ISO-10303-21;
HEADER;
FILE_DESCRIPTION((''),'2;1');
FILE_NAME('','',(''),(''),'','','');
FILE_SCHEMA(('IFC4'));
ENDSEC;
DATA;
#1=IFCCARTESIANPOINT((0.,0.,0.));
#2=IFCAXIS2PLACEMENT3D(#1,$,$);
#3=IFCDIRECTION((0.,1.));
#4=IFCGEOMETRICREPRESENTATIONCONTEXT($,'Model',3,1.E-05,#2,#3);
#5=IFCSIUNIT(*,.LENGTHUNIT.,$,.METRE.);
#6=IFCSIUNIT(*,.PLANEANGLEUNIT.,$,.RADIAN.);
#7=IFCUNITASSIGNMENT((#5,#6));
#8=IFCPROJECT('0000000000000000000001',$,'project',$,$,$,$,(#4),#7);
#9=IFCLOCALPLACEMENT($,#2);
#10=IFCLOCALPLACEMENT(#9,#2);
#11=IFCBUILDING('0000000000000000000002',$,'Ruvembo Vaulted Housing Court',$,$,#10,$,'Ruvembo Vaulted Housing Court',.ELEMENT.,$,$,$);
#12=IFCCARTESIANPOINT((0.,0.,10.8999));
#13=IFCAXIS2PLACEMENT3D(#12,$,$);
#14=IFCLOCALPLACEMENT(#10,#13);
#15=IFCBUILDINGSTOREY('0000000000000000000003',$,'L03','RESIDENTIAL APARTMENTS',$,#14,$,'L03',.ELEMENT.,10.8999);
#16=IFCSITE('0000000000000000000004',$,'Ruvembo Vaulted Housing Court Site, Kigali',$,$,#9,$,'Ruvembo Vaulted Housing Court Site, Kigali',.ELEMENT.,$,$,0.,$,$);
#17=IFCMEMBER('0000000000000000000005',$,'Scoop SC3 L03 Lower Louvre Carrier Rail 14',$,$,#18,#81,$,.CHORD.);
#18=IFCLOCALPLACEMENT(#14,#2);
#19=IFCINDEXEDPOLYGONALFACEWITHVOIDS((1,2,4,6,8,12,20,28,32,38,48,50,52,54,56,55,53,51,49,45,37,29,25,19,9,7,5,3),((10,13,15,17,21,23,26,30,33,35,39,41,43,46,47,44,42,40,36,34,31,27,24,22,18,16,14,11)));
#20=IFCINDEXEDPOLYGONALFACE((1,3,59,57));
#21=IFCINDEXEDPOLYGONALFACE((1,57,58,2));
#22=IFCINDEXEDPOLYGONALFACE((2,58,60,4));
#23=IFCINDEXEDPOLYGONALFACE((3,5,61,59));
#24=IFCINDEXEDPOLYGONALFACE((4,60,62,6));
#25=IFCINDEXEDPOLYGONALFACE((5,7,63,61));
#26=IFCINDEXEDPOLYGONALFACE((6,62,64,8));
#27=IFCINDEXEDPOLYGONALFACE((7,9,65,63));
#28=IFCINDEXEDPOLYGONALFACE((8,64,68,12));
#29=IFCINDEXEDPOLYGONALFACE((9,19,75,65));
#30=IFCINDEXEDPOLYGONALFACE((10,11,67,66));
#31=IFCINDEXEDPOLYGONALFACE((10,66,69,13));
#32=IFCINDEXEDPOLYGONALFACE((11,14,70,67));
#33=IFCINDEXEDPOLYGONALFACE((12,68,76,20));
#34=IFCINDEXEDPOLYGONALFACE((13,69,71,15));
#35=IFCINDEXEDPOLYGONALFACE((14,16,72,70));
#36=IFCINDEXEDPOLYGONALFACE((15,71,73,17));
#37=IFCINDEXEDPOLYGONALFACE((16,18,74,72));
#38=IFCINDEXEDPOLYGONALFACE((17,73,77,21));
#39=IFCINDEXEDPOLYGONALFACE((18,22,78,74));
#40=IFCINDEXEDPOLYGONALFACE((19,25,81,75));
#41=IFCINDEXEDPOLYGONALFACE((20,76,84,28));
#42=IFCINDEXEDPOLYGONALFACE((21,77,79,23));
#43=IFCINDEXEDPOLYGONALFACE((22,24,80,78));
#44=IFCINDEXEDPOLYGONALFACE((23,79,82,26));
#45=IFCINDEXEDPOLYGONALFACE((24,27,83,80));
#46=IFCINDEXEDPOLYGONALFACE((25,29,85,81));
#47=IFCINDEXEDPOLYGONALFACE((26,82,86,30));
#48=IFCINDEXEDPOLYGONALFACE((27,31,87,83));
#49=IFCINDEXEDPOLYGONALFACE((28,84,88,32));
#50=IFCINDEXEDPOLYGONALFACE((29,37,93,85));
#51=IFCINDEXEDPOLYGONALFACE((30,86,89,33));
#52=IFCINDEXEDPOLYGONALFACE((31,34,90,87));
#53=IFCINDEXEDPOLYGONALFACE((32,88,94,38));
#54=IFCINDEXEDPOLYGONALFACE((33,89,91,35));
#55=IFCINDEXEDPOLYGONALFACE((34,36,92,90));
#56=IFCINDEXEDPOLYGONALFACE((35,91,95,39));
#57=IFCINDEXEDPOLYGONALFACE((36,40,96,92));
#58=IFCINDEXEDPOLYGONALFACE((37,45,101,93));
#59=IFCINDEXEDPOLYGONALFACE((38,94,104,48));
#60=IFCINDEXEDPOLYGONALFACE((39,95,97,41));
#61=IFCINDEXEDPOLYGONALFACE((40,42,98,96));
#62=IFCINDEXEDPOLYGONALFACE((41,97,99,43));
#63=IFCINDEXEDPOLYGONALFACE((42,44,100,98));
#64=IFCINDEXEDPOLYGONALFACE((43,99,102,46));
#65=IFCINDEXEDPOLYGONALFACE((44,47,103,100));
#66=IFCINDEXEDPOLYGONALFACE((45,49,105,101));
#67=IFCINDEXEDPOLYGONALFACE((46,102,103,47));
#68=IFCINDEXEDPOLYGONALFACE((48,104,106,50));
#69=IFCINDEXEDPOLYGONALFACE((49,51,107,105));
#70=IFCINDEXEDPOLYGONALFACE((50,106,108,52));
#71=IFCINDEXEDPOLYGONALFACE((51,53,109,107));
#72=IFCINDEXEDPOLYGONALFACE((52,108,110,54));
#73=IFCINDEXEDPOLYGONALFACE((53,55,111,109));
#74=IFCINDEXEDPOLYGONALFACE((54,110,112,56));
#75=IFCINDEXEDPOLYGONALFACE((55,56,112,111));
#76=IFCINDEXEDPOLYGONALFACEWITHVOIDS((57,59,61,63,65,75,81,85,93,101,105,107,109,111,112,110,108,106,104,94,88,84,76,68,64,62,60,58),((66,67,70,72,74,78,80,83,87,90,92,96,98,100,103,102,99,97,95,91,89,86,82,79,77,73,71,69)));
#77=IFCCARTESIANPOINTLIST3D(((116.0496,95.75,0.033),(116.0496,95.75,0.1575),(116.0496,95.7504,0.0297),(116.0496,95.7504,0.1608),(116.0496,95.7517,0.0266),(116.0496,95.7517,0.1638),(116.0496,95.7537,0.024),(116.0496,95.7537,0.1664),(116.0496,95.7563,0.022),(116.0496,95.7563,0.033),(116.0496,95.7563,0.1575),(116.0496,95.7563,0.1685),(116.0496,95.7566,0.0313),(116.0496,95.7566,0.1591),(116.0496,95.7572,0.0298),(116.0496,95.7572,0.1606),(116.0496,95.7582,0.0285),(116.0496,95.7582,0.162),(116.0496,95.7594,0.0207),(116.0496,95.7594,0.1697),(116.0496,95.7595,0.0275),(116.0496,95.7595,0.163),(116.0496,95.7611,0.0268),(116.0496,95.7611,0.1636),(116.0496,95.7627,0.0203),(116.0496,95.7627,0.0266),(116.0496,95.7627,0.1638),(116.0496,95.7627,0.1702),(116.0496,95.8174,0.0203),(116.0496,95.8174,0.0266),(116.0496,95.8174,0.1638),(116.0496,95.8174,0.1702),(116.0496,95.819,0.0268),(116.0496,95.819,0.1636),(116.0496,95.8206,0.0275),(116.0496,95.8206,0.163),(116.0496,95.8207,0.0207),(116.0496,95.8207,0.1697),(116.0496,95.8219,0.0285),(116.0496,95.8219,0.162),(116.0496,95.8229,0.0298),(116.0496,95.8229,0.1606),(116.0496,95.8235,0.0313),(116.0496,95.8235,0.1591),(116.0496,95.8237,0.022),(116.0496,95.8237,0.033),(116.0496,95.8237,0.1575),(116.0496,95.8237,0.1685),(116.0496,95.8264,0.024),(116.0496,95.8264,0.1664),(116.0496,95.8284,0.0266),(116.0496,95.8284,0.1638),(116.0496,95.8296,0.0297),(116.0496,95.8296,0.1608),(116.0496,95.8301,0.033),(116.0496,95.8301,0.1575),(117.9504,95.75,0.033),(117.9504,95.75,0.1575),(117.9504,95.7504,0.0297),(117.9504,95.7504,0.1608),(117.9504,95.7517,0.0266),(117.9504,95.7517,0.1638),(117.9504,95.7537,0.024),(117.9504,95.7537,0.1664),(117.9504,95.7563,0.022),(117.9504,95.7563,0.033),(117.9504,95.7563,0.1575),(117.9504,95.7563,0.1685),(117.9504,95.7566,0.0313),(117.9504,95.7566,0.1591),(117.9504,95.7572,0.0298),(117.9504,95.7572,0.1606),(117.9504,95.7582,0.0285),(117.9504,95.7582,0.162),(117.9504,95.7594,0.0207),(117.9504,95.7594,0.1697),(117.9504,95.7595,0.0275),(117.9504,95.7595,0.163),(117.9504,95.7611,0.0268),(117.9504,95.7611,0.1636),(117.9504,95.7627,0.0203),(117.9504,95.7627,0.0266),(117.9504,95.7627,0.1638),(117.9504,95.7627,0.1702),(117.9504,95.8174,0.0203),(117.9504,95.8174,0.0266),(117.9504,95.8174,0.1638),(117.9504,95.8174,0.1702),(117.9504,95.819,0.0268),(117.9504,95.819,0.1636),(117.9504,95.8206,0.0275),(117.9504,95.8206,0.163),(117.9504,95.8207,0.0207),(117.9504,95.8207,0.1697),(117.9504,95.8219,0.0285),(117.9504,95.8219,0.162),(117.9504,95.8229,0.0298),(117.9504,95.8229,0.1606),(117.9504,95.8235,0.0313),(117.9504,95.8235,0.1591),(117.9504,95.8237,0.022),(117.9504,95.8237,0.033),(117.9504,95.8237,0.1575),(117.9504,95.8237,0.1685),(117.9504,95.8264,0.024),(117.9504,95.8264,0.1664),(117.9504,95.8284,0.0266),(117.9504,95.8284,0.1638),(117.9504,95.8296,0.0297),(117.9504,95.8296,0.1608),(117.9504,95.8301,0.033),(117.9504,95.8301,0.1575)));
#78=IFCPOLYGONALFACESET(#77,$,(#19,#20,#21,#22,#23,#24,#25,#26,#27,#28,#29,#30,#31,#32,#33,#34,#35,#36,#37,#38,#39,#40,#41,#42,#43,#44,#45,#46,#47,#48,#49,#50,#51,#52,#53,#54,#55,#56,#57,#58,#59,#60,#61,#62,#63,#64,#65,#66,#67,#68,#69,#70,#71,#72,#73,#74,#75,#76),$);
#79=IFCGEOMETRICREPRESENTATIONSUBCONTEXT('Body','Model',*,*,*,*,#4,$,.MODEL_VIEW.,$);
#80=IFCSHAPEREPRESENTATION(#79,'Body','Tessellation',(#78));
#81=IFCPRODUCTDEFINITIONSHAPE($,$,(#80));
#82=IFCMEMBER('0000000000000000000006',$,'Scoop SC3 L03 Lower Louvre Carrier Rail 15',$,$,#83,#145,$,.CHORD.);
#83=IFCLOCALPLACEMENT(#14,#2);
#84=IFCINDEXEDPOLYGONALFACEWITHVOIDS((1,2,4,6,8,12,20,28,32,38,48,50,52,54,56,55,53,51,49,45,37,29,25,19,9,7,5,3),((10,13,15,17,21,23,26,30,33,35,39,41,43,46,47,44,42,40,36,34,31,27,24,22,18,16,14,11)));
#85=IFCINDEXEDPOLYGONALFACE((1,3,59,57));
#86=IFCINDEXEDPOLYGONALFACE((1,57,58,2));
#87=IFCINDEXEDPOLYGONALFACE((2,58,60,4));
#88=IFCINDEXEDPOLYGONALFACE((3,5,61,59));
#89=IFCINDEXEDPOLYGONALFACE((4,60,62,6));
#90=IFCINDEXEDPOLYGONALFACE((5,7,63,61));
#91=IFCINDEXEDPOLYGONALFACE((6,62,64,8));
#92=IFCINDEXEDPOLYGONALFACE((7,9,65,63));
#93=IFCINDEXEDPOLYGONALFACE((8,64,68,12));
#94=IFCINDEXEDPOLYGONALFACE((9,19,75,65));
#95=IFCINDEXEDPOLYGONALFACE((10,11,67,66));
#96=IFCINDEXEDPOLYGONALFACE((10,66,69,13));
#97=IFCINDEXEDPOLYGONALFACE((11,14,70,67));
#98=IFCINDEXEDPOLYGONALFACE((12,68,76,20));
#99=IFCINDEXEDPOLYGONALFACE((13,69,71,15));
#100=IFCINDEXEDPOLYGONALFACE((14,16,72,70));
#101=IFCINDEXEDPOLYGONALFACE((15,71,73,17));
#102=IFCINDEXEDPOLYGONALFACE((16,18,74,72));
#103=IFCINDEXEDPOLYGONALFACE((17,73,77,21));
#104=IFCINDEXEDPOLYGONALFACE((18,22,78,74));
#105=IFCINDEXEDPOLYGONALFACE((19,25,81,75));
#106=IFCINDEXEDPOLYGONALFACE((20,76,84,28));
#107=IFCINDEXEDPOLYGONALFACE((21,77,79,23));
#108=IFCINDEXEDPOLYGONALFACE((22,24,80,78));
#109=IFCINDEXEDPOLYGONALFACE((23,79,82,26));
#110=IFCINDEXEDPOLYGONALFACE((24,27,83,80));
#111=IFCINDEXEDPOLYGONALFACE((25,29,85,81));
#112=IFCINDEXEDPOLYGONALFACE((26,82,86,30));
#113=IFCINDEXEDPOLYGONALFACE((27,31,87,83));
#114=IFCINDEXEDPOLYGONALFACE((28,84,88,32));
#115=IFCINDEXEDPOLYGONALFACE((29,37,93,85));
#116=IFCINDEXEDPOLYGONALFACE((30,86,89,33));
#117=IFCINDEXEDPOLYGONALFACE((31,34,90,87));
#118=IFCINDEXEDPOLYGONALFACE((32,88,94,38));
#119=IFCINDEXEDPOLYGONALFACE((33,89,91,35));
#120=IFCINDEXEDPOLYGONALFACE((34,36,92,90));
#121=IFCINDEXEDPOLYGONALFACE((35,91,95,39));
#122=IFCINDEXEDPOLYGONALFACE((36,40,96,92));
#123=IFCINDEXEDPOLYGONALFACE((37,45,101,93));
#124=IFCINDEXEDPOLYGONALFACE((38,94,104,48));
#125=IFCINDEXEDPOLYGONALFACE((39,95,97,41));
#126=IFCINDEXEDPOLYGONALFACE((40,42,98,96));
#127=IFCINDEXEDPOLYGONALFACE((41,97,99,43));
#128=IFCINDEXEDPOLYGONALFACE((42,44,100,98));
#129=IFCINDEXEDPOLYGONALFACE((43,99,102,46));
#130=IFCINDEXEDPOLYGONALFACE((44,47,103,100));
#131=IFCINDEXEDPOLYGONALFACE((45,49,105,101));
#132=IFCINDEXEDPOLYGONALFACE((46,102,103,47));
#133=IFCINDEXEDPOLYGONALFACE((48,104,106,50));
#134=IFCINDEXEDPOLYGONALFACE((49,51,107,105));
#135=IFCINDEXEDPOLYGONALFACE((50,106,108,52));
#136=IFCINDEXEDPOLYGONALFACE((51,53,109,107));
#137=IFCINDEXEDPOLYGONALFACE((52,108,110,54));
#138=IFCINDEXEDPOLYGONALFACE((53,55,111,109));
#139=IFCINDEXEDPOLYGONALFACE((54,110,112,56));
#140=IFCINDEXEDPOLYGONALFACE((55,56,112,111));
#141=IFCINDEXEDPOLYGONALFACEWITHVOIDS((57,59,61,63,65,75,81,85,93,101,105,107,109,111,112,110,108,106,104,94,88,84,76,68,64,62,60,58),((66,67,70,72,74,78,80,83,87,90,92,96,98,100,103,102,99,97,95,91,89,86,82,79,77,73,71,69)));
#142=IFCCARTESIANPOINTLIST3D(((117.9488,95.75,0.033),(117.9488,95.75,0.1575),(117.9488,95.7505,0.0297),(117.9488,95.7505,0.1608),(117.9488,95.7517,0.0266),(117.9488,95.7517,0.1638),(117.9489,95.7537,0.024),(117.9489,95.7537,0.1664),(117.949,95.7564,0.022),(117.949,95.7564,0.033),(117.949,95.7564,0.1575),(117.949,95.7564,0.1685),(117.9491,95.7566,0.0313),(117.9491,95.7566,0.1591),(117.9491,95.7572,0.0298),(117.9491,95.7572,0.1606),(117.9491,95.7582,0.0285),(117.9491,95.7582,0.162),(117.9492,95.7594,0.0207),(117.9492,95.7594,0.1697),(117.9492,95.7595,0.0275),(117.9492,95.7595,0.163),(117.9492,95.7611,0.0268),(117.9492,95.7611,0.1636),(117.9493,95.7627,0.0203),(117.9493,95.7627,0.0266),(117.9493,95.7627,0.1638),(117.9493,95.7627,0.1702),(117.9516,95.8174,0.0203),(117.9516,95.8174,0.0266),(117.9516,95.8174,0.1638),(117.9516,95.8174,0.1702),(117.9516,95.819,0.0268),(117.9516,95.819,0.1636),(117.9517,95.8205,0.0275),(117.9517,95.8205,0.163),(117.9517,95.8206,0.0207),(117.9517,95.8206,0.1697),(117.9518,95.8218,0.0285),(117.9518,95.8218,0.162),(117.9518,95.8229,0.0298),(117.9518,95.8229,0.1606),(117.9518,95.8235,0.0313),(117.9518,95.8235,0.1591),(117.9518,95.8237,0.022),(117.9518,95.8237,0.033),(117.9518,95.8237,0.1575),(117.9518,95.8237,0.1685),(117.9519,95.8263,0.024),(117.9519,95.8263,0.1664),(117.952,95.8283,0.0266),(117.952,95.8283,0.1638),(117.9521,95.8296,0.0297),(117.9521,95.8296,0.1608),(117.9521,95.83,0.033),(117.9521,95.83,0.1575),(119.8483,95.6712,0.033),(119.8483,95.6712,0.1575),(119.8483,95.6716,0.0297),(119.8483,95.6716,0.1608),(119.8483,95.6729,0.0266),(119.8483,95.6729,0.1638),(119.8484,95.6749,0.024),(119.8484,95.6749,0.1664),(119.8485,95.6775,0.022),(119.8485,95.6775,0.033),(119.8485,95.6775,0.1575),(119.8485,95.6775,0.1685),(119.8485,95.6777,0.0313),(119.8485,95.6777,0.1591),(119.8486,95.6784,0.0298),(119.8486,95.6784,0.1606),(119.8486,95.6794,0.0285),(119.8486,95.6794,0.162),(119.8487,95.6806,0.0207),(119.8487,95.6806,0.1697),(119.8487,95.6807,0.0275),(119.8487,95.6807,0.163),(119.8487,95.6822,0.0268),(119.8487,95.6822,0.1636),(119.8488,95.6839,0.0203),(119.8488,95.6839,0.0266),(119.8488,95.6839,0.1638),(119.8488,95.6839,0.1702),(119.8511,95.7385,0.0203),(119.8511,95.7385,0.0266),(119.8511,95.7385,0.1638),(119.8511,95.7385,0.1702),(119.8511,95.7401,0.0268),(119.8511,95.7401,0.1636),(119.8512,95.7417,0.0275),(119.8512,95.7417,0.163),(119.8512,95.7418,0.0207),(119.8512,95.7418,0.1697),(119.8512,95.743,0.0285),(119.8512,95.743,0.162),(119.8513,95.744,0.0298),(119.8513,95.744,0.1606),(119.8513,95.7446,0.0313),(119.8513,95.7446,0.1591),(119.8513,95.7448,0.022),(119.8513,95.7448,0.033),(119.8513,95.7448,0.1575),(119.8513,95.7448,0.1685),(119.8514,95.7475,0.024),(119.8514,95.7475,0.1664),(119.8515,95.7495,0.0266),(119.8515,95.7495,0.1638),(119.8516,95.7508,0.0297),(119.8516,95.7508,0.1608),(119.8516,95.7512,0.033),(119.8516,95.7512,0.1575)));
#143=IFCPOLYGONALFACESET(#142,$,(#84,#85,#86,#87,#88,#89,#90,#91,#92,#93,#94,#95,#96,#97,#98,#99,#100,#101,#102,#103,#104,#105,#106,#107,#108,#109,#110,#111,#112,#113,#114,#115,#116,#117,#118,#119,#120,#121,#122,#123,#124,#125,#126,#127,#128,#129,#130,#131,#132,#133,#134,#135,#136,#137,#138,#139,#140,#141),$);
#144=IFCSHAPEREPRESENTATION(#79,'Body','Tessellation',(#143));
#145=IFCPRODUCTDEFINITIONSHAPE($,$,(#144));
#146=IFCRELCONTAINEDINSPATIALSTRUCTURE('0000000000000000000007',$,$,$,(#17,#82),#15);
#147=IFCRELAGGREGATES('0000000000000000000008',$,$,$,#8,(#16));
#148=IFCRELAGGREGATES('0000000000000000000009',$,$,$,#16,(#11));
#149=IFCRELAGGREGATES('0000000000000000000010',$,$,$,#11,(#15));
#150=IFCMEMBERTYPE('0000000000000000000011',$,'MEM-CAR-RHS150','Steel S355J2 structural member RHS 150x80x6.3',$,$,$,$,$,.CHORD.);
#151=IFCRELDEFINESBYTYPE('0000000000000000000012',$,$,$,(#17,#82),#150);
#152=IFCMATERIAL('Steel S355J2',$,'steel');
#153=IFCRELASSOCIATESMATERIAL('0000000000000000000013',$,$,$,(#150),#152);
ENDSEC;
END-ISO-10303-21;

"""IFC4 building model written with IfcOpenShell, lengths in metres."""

from ifc_helpers import new_model, si_unit, direction, frame, origin, origin_2d, place, context, subcontext, project, spatial, hollow_rectangle, extrude, material, material_profile, profile_set, type_object, element, save


model = new_model("IFC4")

# Units and contexts
model_context = context("Model", 3, precision=1e-05, world=origin(), true_north=direction((0.0, 1.0)))
body_context = subcontext(model_context, "Body", "Model", "MODEL_VIEW")
ifc_project = project(units=[si_unit("LENGTHUNIT", "METRE"), si_unit("PLANEANGLEUNIT", "RADIAN")], contexts=[model_context])

# Site, building, storey
site_placement = place(None, origin())
site = spatial("IfcSite", under=ifc_project, at=site_placement, Name="Ruvembo Vaulted Housing Court Site, Kigali", LongName="Ruvembo Vaulted Housing Court Site, Kigali", CompositionType="ELEMENT", RefElevation=0.0)
building_placement = place(site_placement, origin())
building = spatial("IfcBuilding", under=site, at=building_placement, Name="Ruvembo Vaulted Housing Court", LongName="Ruvembo Vaulted Housing Court", CompositionType="ELEMENT")
storey_placement = place(building_placement, frame((0.0, 0.0, 10.8999)))
storey = spatial("IfcBuildingStorey", under=building, at=storey_placement, Name="L03", Description="RESIDENTIAL APARTMENTS", LongName="L03", CompositionType="ELEMENT", Elevation=10.8999)

# Shared definitions
ifc_material_1 = material(Name="Steel S355J2", Category="steel")

# Members
ifc_material_profile_1 = material_profile(ifc_material_1, hollow_rectangle(XDim=0.0801, YDim=0.1499, WallThickness=0.0063, InnerFilletRadius=0.0063, OuterFilletRadius=0.0127, at=origin_2d()), Name="RHS 150x80x6.3")
ifc_profile_set_1 = profile_set([ifc_material_profile_1], Name="Steel S355J2")
member_type_1 = type_object("IfcMemberType", Name="MEM-CAR-RHS150", Description="Steel S355J2 structural member RHS 150x80x6.3", PredefinedType="CHORD", material=ifc_profile_set_1)
member_1_placement = place(storey_placement, frame((116.0496, 95.79, 0.0952), z_axis=(1.0, 0.0, 0.0), x_axis=(0.0, 1.0, 0.0)))
element("IfcMember", 1, at=member_1_placement, inside=storey, type_object=member_type_1, Name="Scoop SC3 L03 Lower Louvre Carrier Rail 14", PredefinedType="CHORD", context=body_context, shape_type="SweptSolid", body=[
    extrude(hollow_rectangle(XDim=0.0801, YDim=0.1499, WallThickness=0.0063, InnerFilletRadius=0.0063, OuterFilletRadius=0.0127, at=origin_2d()), origin(), (0.0, 0.0, 1.0), 1.9009),
])
for number, where, z_axis, x_axis, name in (
    (2, (117.9504, 95.79, 0.0952), (0.999139, -0.041481, 0.0), (0.041481, 0.999139, 0.0), "Scoop SC3 L03 Lower Louvre Carrier Rail 15"),
):
    element("IfcMember", number, at=place(storey_placement, frame(where, z_axis=z_axis, x_axis=x_axis)), inside=storey, type_object=member_type_1, Name=name, PredefinedType="CHORD", context=body_context, shape_type="SweptSolid", body=[
        extrude(hollow_rectangle(XDim=0.0801, YDim=0.1499, WallThickness=0.0063, InnerFilletRadius=0.0063, OuterFilletRadius=0.0127, at=origin_2d()), origin(), (0.0, 0.0, 1.0), 1.9011),
    ])

save(model, "model.ifc")
